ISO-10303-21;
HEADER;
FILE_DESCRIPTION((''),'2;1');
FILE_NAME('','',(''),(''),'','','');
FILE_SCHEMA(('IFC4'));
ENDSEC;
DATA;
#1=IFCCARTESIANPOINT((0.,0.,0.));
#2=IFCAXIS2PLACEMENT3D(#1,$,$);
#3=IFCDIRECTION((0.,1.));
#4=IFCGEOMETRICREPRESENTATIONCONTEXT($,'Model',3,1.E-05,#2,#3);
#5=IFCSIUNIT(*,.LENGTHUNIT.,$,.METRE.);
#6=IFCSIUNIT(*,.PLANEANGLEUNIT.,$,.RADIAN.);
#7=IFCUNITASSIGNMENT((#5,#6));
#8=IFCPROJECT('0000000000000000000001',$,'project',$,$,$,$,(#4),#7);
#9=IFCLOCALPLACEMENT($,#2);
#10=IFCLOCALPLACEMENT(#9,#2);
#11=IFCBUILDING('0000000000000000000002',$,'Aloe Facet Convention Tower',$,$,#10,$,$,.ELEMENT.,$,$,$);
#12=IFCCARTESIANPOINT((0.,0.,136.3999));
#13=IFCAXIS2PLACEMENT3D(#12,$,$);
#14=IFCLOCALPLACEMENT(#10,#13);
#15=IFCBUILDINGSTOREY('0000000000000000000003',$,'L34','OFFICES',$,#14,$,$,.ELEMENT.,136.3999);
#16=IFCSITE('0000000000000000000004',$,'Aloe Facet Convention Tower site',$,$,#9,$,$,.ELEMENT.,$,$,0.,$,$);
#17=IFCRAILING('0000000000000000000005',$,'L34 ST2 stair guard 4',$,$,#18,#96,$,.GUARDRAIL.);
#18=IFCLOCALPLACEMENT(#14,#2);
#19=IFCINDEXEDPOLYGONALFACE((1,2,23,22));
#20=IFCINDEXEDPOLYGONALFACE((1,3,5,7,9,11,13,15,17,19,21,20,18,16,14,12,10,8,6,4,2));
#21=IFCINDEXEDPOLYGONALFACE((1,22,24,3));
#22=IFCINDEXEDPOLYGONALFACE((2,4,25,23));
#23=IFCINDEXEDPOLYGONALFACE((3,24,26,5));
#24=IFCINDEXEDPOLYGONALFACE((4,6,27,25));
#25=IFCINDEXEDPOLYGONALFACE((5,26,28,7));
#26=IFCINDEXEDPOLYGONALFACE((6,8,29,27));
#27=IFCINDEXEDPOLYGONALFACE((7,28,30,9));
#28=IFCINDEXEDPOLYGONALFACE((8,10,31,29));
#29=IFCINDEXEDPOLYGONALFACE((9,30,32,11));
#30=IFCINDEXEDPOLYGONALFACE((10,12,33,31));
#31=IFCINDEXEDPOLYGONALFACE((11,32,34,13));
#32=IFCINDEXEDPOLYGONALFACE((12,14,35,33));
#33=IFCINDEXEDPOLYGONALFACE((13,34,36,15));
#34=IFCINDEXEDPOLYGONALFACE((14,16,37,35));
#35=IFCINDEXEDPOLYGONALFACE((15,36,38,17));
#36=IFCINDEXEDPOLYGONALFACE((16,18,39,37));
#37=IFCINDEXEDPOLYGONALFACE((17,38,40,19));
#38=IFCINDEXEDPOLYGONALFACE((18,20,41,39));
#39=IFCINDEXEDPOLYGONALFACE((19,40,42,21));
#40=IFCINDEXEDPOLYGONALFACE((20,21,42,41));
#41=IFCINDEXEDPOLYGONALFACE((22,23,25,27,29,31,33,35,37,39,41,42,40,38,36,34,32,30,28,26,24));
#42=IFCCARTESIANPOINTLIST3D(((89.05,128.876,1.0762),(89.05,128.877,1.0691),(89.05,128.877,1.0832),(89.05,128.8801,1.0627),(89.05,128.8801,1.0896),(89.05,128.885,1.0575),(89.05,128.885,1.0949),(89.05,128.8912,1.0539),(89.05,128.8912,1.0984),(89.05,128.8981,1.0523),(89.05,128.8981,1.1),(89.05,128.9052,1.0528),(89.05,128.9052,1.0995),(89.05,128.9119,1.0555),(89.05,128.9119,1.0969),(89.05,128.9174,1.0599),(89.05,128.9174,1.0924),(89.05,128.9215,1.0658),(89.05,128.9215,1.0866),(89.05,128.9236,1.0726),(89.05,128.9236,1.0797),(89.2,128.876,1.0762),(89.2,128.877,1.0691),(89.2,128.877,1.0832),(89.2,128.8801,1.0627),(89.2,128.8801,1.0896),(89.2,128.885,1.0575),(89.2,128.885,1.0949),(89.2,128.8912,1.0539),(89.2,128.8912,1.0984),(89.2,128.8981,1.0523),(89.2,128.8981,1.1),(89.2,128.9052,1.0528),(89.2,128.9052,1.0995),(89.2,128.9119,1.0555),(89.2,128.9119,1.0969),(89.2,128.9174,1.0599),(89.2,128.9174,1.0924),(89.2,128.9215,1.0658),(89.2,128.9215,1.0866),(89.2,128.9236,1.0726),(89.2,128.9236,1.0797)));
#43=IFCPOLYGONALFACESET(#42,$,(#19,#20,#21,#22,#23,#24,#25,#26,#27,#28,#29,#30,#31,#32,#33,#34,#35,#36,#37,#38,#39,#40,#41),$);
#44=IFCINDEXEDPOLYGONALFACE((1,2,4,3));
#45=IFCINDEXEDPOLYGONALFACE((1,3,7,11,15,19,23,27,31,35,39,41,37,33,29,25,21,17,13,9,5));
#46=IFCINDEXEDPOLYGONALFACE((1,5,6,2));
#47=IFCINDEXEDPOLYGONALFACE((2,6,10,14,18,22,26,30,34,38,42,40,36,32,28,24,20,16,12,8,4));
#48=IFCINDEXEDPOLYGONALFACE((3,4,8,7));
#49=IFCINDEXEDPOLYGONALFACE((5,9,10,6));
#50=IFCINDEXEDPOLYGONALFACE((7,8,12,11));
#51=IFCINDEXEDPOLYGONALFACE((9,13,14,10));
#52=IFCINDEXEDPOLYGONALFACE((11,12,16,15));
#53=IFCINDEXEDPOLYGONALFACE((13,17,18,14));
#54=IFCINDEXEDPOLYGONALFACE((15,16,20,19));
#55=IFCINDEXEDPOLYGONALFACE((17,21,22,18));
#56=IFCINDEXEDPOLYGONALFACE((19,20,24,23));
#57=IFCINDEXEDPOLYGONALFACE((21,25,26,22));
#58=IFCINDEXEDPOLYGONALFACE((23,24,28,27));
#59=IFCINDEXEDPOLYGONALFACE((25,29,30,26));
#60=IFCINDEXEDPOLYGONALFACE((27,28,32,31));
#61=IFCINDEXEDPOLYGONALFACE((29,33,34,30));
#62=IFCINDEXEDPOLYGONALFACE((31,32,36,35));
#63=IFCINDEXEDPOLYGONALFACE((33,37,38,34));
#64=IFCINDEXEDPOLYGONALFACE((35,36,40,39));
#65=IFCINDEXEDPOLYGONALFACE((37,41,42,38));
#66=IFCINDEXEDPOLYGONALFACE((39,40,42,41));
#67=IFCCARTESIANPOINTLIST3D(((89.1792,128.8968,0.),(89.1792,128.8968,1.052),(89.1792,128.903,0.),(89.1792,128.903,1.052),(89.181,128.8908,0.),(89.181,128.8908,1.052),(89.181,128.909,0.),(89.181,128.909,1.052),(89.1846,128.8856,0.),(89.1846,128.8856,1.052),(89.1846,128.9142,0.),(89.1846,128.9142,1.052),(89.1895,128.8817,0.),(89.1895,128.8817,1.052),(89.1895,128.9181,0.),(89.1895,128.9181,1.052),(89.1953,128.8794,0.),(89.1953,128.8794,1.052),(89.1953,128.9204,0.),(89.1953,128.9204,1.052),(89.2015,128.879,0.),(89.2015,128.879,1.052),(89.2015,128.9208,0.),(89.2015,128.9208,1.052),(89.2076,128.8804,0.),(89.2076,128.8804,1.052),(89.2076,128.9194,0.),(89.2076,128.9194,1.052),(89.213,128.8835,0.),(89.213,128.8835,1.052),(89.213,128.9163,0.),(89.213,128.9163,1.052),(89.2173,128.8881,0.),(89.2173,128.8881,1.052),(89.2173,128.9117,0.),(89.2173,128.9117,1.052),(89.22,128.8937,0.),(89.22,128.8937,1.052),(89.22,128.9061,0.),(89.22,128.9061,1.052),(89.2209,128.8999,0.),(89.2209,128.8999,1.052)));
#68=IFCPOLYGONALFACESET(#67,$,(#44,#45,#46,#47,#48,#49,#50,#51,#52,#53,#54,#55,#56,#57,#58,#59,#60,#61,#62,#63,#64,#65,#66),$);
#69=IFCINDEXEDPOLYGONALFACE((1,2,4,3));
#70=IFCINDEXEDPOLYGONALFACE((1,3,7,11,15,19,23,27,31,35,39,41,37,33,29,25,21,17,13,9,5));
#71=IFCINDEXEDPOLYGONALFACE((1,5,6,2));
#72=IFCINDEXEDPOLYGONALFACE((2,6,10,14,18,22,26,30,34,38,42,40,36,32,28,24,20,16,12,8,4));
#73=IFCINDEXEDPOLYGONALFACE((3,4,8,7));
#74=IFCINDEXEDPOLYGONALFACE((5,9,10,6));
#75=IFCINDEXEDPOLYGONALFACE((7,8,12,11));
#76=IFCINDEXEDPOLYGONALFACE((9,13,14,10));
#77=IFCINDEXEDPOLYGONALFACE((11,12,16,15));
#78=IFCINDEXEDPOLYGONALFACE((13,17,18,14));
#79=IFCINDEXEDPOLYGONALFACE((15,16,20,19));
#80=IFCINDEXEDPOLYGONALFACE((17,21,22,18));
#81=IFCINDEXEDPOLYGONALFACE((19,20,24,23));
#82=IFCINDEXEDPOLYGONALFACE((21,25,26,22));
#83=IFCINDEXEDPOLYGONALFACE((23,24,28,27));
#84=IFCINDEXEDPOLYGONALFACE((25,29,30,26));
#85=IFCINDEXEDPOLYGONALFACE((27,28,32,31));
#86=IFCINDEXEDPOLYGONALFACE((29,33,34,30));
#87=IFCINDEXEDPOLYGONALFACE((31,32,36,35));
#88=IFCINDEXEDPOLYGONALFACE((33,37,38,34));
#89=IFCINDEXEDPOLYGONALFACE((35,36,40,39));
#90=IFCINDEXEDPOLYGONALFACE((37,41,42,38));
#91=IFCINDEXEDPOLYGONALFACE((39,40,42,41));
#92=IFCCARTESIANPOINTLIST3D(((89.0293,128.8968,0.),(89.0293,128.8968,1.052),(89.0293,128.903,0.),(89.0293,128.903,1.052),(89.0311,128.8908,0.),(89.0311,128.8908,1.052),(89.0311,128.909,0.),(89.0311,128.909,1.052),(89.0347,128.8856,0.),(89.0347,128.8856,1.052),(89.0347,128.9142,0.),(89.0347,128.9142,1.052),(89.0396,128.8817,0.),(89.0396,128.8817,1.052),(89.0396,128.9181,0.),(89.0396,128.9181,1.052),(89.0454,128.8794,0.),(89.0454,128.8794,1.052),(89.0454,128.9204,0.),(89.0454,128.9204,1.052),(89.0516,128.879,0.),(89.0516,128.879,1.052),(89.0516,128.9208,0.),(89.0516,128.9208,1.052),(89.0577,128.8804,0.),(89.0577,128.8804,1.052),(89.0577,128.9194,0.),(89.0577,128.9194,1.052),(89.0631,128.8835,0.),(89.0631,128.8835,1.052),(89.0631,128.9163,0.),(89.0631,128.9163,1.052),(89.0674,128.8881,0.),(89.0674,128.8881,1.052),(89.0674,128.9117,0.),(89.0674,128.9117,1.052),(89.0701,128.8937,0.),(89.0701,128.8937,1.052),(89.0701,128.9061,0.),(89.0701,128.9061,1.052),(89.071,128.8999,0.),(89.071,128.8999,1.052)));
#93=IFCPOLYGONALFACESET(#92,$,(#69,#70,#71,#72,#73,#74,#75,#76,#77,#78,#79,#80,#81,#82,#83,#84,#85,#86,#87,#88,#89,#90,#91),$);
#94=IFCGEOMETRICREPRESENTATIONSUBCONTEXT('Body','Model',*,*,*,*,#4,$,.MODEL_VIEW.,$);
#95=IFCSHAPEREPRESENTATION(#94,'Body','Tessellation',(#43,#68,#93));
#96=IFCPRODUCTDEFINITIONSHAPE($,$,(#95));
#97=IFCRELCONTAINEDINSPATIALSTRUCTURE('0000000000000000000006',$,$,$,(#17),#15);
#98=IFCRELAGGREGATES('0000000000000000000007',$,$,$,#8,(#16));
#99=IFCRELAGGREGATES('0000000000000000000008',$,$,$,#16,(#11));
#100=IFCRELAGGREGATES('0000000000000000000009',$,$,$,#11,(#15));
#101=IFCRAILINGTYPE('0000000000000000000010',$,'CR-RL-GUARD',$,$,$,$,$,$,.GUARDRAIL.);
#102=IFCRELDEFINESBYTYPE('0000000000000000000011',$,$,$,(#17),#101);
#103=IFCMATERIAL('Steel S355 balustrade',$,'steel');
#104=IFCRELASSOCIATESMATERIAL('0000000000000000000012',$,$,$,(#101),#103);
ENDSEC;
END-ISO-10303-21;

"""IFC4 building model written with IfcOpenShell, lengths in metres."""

from ifc_helpers import new_model, si_unit, direction, frame, origin, origin_2d, place, context, subcontext, project, spatial, circle, extrude, material, type_object, element, save


model = new_model("IFC4")

# Units and contexts
model_context = context("Model", 3, precision=1e-05, world=origin(), true_north=direction((0.0, 1.0)))
body_context = subcontext(model_context, "Body", "Model", "MODEL_VIEW")
ifc_project = project(units=[si_unit("LENGTHUNIT", "METRE"), si_unit("PLANEANGLEUNIT", "RADIAN")], contexts=[model_context])

# Site, building, storey
site_placement = place(None, origin())
site = spatial("IfcSite", under=ifc_project, at=site_placement, Name="Aloe Facet Convention Tower site", CompositionType="ELEMENT", RefElevation=0.0)
building_placement = place(site_placement, origin())
building = spatial("IfcBuilding", under=site, at=building_placement, Name="Aloe Facet Convention Tower", CompositionType="ELEMENT")
storey_placement = place(building_placement, frame((0.0, 0.0, 136.3999)))
storey = spatial("IfcBuildingStorey", under=building, at=storey_placement, Name="L34", Description="OFFICES", CompositionType="ELEMENT", Elevation=136.3999)

# Railing
ifc_material_1 = material(Name="Steel S355 balustrade", Category="steel")
railing_type_1 = type_object("IfcRailingType", Name="CR-RL-GUARD", PredefinedType="GUARDRAIL", material=ifc_material_1)
railing_1_placement = place(storey_placement, frame((89.2, 128.8999, 0.0)))
element("IfcRailing", 1, at=railing_1_placement, inside=storey, type_object=railing_type_1, Name="L34 ST2 stair guard 4", PredefinedType="GUARDRAIL", context=body_context, shape_type="SweptSolid", body=[
    extrude(circle(Radius=0.0239, at=origin_2d()), frame((0.0, 0.0, 1.0762), z_axis=(-1.0, 0.0, 0.0), x_axis=(0.0, -1.0, 0.0)), (0.0, 0.0, 1.0), 0.1499),
    extrude(circle(Radius=0.021, at=origin_2d()), origin(), (0.0, 0.0, 1.0), 1.052),
    extrude(circle(Radius=0.021, at=origin_2d()), frame((-0.1499, 0.0, 0.0)), (0.0, 0.0, 1.0), 1.052),
])

save(model, "model.ifc")
